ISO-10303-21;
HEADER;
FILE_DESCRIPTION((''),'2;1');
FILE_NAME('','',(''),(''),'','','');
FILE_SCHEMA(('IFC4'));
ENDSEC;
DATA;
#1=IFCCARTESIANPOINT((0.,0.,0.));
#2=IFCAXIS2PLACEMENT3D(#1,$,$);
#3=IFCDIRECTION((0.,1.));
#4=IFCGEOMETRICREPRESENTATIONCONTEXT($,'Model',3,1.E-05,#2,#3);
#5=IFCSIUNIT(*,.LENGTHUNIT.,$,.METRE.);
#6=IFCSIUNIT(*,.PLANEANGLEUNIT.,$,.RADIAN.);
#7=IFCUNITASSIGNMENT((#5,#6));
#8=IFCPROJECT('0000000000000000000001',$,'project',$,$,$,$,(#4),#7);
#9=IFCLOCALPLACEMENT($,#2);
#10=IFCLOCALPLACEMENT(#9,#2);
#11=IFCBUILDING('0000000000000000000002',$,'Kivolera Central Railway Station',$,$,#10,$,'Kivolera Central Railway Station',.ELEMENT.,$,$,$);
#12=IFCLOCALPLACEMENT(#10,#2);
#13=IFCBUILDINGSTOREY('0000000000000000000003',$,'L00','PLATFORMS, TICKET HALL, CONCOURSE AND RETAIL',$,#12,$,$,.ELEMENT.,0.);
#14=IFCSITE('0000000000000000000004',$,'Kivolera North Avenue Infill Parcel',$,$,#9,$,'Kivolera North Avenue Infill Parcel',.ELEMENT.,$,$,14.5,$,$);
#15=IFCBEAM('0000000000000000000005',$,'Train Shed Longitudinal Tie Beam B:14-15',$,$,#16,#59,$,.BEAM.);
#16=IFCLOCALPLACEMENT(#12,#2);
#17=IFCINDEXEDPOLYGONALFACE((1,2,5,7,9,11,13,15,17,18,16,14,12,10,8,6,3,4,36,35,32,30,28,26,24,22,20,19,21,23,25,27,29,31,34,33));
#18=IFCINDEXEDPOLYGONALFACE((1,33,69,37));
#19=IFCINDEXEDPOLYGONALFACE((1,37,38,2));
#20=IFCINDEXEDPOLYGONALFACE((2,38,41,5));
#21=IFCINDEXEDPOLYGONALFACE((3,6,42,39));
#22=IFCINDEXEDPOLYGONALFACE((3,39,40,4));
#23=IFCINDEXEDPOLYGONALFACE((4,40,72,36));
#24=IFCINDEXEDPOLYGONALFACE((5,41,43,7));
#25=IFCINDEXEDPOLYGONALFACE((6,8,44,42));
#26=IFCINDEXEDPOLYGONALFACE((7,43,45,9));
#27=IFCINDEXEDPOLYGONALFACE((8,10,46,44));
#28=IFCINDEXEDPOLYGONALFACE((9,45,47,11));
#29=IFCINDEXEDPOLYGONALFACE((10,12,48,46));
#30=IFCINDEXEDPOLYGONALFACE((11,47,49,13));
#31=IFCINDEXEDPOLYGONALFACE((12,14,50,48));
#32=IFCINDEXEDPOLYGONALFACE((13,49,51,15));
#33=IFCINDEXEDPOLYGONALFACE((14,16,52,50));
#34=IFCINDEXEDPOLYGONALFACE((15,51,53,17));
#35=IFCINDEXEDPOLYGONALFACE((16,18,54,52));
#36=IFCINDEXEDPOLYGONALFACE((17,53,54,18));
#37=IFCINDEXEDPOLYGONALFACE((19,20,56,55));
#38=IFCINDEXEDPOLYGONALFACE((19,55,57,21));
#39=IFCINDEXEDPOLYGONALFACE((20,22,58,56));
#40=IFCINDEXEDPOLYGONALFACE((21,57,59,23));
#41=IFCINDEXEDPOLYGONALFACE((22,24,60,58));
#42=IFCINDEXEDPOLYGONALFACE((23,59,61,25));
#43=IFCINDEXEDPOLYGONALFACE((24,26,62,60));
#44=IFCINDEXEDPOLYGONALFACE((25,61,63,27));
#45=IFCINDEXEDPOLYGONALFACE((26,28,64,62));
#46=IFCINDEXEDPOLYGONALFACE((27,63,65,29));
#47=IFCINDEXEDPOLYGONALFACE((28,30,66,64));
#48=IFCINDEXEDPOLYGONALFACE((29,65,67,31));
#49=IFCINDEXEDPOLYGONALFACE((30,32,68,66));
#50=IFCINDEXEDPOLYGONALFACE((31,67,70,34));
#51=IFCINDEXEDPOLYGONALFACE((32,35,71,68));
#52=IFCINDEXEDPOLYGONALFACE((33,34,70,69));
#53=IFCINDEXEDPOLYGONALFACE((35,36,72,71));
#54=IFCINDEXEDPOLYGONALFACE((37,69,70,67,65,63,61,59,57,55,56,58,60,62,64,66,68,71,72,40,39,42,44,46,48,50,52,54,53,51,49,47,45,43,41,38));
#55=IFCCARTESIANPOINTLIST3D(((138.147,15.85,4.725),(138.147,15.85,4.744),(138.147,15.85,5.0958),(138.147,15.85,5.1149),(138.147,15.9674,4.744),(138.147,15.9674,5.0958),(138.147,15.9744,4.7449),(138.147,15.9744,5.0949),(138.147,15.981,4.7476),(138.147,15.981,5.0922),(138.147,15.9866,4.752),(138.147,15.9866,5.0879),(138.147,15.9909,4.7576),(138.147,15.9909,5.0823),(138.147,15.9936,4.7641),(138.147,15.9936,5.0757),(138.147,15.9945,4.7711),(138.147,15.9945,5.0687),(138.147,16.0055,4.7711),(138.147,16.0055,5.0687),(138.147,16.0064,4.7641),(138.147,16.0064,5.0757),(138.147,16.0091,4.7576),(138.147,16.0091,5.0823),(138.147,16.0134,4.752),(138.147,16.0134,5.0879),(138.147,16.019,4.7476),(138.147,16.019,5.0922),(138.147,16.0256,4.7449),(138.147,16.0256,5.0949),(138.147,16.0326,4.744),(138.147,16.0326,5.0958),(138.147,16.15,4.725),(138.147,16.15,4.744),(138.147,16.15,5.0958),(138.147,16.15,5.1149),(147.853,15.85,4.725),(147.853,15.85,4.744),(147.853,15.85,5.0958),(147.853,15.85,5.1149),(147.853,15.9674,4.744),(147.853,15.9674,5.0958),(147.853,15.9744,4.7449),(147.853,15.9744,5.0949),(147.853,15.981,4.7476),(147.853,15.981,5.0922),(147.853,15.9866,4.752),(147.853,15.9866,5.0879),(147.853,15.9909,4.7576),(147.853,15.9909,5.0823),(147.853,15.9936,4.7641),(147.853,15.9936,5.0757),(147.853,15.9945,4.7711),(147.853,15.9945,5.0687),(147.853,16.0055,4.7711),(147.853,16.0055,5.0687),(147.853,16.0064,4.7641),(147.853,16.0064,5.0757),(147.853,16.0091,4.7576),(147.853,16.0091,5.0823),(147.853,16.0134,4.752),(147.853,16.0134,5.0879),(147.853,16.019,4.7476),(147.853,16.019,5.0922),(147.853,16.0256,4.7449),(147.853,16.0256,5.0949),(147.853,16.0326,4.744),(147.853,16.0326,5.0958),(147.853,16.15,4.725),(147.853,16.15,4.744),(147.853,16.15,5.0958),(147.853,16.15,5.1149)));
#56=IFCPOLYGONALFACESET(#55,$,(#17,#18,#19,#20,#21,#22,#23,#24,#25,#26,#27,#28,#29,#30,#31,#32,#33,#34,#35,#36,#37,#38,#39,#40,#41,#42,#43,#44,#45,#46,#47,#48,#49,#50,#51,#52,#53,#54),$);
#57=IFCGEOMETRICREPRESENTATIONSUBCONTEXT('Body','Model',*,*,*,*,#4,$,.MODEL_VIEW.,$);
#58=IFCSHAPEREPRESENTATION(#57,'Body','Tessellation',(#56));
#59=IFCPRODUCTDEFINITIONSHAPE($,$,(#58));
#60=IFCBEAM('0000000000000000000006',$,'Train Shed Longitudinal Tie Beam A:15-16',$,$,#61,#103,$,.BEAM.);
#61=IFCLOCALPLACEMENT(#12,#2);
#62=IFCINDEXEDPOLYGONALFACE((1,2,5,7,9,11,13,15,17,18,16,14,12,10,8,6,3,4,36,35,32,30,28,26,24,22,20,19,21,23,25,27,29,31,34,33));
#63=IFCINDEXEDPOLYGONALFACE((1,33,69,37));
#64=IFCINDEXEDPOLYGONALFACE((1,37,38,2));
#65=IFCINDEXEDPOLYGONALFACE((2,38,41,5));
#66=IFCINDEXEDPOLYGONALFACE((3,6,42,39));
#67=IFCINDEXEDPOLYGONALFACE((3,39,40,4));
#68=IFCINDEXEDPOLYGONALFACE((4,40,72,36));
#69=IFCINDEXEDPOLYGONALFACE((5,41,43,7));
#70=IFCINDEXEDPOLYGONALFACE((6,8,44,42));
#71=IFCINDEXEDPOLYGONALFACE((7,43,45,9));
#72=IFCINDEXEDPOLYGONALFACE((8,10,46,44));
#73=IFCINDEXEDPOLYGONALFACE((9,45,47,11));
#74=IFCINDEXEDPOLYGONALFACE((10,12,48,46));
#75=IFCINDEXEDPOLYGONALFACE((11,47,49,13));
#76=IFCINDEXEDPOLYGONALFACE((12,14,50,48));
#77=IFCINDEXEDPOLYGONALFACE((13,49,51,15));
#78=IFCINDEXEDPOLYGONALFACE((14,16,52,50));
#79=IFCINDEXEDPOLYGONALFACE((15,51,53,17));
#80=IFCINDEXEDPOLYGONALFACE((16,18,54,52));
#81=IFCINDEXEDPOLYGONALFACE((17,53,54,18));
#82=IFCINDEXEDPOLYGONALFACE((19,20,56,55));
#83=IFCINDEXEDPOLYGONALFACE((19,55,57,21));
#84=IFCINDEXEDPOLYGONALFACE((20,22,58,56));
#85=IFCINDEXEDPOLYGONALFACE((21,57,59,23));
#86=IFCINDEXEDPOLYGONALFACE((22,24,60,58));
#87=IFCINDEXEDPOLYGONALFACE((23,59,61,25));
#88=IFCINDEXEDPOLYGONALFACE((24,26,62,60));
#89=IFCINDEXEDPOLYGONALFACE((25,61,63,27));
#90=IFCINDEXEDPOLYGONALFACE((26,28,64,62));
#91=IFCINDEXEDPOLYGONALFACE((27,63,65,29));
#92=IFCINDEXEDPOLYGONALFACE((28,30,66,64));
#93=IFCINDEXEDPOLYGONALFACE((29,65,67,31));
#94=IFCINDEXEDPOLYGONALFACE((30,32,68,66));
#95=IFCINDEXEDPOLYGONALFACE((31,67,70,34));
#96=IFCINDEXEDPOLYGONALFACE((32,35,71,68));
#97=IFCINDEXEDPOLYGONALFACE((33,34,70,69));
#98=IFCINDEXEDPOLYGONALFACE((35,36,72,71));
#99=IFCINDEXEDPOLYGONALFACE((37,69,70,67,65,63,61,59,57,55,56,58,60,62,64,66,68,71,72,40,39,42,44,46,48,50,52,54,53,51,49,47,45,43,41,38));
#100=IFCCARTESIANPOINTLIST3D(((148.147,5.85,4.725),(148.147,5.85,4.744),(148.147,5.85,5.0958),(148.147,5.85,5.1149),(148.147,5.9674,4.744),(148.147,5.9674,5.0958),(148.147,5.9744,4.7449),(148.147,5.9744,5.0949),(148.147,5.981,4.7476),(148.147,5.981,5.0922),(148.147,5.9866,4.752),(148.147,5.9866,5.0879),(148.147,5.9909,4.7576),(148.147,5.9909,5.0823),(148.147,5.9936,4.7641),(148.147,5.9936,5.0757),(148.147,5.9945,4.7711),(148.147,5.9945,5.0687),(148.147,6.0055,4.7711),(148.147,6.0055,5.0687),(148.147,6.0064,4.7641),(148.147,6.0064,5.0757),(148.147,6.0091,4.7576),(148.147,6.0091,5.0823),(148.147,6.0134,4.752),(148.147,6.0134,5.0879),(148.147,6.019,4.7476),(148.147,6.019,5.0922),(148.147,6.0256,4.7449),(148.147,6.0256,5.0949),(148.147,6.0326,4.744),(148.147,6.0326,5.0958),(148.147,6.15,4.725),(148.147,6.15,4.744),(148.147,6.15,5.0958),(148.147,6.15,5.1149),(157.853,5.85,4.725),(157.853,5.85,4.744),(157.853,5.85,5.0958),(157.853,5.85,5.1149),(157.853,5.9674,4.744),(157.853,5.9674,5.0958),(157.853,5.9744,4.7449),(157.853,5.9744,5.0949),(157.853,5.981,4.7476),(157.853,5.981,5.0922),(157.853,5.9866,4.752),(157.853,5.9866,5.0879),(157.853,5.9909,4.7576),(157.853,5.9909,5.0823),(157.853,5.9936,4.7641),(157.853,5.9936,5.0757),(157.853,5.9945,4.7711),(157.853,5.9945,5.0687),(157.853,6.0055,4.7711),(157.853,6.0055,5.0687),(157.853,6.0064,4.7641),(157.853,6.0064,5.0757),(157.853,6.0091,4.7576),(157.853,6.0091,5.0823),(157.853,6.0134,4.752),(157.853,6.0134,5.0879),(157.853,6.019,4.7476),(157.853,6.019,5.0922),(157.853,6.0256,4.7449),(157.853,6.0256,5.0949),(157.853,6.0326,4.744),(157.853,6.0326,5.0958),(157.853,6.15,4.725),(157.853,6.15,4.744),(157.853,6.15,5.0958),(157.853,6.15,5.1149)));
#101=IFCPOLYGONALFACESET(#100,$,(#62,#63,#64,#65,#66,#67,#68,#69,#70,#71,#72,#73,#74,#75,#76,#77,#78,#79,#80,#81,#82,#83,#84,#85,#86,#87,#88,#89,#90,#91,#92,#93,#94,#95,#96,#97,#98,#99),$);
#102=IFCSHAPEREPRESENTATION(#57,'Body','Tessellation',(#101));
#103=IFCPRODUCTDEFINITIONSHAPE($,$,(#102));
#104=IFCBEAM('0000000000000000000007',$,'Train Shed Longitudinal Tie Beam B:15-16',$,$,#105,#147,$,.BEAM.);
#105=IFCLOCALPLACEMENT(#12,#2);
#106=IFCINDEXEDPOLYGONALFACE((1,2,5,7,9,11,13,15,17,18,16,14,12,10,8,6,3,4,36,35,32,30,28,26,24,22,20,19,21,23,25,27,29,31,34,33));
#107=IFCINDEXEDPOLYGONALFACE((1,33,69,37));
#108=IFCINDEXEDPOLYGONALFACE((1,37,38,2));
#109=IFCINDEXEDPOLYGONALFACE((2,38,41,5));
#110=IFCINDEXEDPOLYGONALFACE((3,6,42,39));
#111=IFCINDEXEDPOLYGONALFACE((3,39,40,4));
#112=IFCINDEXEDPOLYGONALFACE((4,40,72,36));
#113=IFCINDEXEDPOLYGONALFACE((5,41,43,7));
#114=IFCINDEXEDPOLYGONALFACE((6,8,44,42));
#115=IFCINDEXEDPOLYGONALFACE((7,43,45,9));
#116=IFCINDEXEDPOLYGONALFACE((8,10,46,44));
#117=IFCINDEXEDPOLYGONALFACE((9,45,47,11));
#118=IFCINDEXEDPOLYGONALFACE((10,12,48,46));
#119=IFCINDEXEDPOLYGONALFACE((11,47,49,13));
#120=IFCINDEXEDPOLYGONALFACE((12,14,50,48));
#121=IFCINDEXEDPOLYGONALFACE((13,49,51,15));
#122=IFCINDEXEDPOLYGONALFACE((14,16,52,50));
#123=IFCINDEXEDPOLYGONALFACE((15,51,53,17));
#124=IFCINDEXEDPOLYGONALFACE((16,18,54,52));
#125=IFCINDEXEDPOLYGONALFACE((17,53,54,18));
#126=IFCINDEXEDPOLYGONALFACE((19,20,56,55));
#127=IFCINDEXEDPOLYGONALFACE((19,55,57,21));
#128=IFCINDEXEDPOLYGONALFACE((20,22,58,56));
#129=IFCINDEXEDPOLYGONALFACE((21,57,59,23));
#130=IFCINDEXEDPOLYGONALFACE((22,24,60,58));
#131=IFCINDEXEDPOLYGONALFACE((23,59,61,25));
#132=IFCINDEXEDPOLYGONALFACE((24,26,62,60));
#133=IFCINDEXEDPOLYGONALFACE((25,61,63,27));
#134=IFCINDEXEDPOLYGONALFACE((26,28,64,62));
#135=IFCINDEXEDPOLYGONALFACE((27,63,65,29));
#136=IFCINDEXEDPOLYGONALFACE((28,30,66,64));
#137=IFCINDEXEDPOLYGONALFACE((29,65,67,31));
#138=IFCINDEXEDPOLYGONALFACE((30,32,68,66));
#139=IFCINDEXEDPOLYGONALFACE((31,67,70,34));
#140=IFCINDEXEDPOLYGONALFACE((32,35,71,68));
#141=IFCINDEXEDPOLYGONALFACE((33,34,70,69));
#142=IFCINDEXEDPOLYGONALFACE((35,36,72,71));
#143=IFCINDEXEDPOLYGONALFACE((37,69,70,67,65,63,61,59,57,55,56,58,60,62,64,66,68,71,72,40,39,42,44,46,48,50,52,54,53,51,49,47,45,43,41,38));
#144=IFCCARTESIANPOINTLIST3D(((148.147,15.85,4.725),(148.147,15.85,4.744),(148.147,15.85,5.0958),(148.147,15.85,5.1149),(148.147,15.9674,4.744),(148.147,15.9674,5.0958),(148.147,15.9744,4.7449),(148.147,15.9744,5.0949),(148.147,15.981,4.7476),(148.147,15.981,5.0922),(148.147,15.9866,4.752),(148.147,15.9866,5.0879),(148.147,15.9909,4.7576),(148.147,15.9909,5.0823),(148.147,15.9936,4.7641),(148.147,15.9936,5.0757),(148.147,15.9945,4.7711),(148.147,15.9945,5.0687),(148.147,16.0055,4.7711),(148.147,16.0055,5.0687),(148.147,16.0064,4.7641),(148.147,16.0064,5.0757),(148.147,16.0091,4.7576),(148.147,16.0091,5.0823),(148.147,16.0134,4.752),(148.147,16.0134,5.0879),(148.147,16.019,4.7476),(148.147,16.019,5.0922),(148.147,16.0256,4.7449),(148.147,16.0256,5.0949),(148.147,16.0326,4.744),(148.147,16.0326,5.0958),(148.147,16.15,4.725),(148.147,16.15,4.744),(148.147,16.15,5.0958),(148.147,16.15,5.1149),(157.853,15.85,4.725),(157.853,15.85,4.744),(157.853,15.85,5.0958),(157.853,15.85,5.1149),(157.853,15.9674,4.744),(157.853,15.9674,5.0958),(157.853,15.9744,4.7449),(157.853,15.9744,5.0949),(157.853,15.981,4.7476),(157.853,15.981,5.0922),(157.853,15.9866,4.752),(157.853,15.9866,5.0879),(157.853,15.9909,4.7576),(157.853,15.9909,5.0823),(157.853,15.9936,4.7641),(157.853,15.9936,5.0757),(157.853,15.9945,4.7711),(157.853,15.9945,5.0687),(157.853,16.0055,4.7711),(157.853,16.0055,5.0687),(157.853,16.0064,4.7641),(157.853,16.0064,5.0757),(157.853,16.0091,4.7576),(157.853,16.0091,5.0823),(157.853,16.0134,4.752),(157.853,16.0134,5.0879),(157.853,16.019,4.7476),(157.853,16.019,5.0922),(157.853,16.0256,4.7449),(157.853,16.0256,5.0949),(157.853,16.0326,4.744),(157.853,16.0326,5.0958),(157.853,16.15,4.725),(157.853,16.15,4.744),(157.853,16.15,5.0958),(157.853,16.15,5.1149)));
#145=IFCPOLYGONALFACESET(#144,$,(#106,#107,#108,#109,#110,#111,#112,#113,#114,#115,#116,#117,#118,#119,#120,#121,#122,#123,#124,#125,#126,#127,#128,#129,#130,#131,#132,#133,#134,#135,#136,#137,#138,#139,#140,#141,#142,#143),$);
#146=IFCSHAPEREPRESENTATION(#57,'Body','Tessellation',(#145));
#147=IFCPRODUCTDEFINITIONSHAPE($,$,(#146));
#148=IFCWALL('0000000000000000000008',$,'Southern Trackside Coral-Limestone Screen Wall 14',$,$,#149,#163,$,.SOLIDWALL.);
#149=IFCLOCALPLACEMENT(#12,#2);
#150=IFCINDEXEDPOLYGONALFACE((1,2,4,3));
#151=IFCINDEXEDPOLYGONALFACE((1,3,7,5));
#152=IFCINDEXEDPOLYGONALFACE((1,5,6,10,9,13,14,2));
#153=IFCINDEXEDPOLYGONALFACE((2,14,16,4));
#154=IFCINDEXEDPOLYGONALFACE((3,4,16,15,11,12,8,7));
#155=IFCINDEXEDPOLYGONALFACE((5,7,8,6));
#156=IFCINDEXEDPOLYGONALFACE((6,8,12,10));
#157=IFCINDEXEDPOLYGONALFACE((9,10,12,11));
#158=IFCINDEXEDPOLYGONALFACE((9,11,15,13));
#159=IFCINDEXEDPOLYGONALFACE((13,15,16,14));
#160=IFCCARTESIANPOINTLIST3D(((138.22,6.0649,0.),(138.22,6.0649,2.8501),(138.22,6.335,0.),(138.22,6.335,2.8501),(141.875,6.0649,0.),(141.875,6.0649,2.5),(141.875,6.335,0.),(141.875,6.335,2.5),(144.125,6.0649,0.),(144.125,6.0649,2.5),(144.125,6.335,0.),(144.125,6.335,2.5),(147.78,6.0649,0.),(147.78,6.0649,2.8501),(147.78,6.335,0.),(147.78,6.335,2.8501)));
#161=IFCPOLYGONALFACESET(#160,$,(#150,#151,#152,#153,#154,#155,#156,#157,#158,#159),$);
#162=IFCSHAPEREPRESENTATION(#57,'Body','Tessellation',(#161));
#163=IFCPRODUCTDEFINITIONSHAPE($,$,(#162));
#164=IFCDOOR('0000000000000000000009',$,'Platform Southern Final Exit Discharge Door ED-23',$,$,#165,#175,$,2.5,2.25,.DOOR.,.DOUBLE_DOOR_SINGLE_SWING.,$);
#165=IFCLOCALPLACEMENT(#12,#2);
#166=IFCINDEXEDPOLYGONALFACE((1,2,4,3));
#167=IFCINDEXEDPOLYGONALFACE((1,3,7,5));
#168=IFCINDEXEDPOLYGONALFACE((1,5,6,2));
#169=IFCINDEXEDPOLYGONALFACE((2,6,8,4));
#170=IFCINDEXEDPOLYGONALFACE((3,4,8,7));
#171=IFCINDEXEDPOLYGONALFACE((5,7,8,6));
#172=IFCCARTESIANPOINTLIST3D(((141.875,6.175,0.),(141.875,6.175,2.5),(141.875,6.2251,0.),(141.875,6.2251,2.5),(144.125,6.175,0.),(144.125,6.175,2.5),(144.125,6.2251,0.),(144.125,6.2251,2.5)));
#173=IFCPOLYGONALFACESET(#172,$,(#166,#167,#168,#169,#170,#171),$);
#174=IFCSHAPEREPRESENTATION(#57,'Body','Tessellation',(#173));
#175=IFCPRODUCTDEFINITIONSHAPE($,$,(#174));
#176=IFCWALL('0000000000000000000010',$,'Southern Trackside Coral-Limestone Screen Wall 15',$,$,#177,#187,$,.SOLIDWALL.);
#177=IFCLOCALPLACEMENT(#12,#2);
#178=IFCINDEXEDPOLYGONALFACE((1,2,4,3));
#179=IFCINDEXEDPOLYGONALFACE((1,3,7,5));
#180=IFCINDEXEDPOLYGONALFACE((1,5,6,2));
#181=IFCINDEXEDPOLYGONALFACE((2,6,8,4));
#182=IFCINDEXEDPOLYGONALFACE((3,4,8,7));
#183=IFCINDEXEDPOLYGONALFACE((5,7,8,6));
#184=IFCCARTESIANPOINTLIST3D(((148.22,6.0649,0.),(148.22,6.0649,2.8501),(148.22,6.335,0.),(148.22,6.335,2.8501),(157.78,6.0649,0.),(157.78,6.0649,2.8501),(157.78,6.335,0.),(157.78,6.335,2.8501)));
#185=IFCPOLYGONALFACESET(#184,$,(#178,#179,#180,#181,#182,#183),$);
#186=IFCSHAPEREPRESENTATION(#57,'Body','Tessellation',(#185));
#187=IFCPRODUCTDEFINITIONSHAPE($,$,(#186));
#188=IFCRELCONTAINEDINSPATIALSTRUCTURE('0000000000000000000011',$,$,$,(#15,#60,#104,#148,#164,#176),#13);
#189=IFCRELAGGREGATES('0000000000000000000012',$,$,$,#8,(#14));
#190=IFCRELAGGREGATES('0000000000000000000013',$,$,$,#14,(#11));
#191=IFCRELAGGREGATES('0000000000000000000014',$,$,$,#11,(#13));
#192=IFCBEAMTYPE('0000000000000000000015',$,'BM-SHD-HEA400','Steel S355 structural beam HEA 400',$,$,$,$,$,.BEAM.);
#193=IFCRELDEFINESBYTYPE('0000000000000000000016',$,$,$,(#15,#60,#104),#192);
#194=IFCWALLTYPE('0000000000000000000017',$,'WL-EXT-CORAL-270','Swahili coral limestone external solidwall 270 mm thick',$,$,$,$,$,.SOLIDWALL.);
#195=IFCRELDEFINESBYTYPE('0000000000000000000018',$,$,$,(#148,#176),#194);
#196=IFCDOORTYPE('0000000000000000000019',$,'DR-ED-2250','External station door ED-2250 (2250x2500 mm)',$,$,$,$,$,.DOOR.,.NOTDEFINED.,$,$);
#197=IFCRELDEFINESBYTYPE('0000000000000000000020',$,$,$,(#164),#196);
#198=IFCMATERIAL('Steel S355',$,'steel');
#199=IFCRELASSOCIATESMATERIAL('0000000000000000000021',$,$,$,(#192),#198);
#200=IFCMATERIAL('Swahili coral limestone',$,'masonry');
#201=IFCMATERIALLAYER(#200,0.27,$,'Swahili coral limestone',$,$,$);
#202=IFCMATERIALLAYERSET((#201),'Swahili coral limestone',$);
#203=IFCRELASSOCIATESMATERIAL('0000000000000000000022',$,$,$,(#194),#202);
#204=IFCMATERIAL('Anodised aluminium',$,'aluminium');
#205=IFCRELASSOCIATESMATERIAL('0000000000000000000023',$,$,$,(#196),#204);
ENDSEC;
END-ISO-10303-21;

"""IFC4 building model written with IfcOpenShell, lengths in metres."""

from ifc_helpers import new_model, si_unit, direction, frame, frame_2d, origin, origin_2d, place, context, subcontext, project, spatial, rectangle, i_section, extrude, material, layer, layer_set, material_profile, profile_set, type_object, element, fill, save


model = new_model("IFC4")

# Units and contexts
model_context = context("Model", 3, precision=1e-05, world=origin(), true_north=direction((0.0, 1.0)))
body_context = subcontext(model_context, "Body", "Model", "MODEL_VIEW")
ifc_project = project(units=[si_unit("LENGTHUNIT", "METRE"), si_unit("PLANEANGLEUNIT", "RADIAN")], contexts=[model_context])

# Site, building, storey
site_placement = place(None, origin())
site = spatial("IfcSite", under=ifc_project, at=site_placement, Name="Kivolera North Avenue Infill Parcel", LongName="Kivolera North Avenue Infill Parcel", CompositionType="ELEMENT", RefElevation=14.5)
building_placement = place(site_placement, origin())
building = spatial("IfcBuilding", under=site, at=building_placement, Name="Kivolera Central Railway Station", LongName="Kivolera Central Railway Station", CompositionType="ELEMENT")
storey_placement = place(building_placement, origin())
storey = spatial("IfcBuildingStorey", under=building, at=storey_placement, Name="L00", Description="PLATFORMS, TICKET HALL, CONCOURSE AND RETAIL", CompositionType="ELEMENT", Elevation=0.0)

# Shared definitions
ifc_material_1 = material(Name="Steel S355", Category="steel")

# Beams
ifc_material_profile_1 = material_profile(ifc_material_1, i_section(OverallWidth=0.3, OverallDepth=0.3899, WebThickness=0.011, FlangeThickness=0.019, FilletRadius=0.0271, at=origin_2d()), Name="HEA 400")
ifc_profile_set_1 = profile_set([ifc_material_profile_1], Name="Steel S355")
beam_type = type_object("IfcBeamType", Name="BM-SHD-HEA400", Description="Steel S355 structural beam HEA 400", PredefinedType="BEAM", material=ifc_profile_set_1)
for number, where, z_axis, x_axis, name in (
    (1, (138.147, 16.0, 4.9199), (1.0, 0.0, 0.0), (0.0, 1.0, 0.0), "Train Shed Longitudinal Tie Beam B:14-15"),
    (2, (148.147, 6.0, 4.9199), (1.0, 0.0, 0.0), (0.0, 1.0, 0.0), "Train Shed Longitudinal Tie Beam A:15-16"),
    (3, (148.147, 16.0, 4.9199), (1.0, 0.0, 0.0), (0.0, 1.0, 0.0), "Train Shed Longitudinal Tie Beam B:15-16"),
):
    element("IfcBeam", number, at=place(storey_placement, frame(where, z_axis=z_axis, x_axis=x_axis)), inside=storey, type_object=beam_type, Name=name, PredefinedType="BEAM", context=body_context, shape_type="SweptSolid", body=[
        extrude(i_section(OverallWidth=0.3, OverallDepth=0.3899, WebThickness=0.011, FlangeThickness=0.019, FilletRadius=0.0271, at=origin_2d()), origin(), (0.0, 0.0, 1.0), 9.7061),
    ])

# Wall, opening, door
ifc_material_2 = material(Name="Swahili coral limestone", Category="masonry")
ifc_layer_1 = layer(ifc_material_2, 0.27, Name="Swahili coral limestone")
ifc_layer_set_1 = layer_set([ifc_layer_1], Name="Swahili coral limestone")
wall_type = type_object("IfcWallType", Name="WL-EXT-CORAL-270", Description="Swahili coral limestone external solidwall 270 mm thick", PredefinedType="SOLIDWALL", material=ifc_layer_set_1)
wall_1_placement = place(storey_placement, frame((147.78, 6.2, 0.0), z_axis=(0.0, 0.0, 1.0), x_axis=(-1.0, 0.0, 0.0)))
wall_1 = element("IfcWall", 4, at=wall_1_placement, inside=storey, type_object=wall_type, Name="Southern Trackside Coral-Limestone Screen Wall 14", PredefinedType="SOLIDWALL", context=body_context, shape_type="SweptSolid", body=[
    extrude(rectangle(XDim=9.5601, YDim=0.27, at=frame_2d((4.78, 0.0))), origin(), (0.0, 0.0, 1.0), 2.8501),
])
opening_placement = place(wall_1_placement, frame((3.655, 0.0, 0.0)))
opening = element("IfcOpeningElement", 5, at=opening_placement, cuts=wall_1, PredefinedType="OPENING", context=body_context, shape_type="SweptSolid", body=[
    extrude(rectangle(XDim=2.25, YDim=2.5, at=frame_2d((1.125, 1.25))), frame((0.0, 0.145, 0.0), z_axis=(0.0, -1.0, 0.0), x_axis=(1.0, 0.0, 0.0)), (0.0, 0.0, 1.0), 0.29),
])
ifc_material_3 = material(Name="Anodised aluminium", Category="aluminium")
door_type = type_object("IfcDoorType", Name="DR-ED-2250", Description="External station door ED-2250 (2250x2500 mm)", OperationType="NOTDEFINED", PredefinedType="DOOR", material=ifc_material_3)
door_placement = place(opening_placement, origin())
door = element("IfcDoor", 6, at=door_placement, inside=storey, type_object=door_type, Name="Platform Southern Final Exit Discharge Door ED-23", OperationType="DOUBLE_DOOR_SINGLE_SWING", OverallHeight=2.5, OverallWidth=2.25, PredefinedType="DOOR", context=body_context, shape_type="SweptSolid", body=[
    extrude(rectangle(XDim=2.25, YDim=2.5, at=frame_2d((1.125, 1.25))), frame((0.0, 0.0249, 0.0), z_axis=(0.0, -1.0, 0.0), x_axis=(1.0, 0.0, 0.0)), (0.0, 0.0, 1.0), 0.05),
])
fill(opening, door)

# Wall
wall_2_placement = place(storey_placement, frame((157.78, 6.2, 0.0), z_axis=(0.0, 0.0, 1.0), x_axis=(-1.0, 0.0, 0.0)))
element("IfcWall", 7, at=wall_2_placement, inside=storey, type_object=wall_type, Name="Southern Trackside Coral-Limestone Screen Wall 15", PredefinedType="SOLIDWALL", context=body_context, shape_type="SweptSolid", body=[
    extrude(rectangle(XDim=9.5601, YDim=0.27, at=frame_2d((4.78, 0.0))), origin(), (0.0, 0.0, 1.0), 2.8501),
])

save(model, "model.ifc")
